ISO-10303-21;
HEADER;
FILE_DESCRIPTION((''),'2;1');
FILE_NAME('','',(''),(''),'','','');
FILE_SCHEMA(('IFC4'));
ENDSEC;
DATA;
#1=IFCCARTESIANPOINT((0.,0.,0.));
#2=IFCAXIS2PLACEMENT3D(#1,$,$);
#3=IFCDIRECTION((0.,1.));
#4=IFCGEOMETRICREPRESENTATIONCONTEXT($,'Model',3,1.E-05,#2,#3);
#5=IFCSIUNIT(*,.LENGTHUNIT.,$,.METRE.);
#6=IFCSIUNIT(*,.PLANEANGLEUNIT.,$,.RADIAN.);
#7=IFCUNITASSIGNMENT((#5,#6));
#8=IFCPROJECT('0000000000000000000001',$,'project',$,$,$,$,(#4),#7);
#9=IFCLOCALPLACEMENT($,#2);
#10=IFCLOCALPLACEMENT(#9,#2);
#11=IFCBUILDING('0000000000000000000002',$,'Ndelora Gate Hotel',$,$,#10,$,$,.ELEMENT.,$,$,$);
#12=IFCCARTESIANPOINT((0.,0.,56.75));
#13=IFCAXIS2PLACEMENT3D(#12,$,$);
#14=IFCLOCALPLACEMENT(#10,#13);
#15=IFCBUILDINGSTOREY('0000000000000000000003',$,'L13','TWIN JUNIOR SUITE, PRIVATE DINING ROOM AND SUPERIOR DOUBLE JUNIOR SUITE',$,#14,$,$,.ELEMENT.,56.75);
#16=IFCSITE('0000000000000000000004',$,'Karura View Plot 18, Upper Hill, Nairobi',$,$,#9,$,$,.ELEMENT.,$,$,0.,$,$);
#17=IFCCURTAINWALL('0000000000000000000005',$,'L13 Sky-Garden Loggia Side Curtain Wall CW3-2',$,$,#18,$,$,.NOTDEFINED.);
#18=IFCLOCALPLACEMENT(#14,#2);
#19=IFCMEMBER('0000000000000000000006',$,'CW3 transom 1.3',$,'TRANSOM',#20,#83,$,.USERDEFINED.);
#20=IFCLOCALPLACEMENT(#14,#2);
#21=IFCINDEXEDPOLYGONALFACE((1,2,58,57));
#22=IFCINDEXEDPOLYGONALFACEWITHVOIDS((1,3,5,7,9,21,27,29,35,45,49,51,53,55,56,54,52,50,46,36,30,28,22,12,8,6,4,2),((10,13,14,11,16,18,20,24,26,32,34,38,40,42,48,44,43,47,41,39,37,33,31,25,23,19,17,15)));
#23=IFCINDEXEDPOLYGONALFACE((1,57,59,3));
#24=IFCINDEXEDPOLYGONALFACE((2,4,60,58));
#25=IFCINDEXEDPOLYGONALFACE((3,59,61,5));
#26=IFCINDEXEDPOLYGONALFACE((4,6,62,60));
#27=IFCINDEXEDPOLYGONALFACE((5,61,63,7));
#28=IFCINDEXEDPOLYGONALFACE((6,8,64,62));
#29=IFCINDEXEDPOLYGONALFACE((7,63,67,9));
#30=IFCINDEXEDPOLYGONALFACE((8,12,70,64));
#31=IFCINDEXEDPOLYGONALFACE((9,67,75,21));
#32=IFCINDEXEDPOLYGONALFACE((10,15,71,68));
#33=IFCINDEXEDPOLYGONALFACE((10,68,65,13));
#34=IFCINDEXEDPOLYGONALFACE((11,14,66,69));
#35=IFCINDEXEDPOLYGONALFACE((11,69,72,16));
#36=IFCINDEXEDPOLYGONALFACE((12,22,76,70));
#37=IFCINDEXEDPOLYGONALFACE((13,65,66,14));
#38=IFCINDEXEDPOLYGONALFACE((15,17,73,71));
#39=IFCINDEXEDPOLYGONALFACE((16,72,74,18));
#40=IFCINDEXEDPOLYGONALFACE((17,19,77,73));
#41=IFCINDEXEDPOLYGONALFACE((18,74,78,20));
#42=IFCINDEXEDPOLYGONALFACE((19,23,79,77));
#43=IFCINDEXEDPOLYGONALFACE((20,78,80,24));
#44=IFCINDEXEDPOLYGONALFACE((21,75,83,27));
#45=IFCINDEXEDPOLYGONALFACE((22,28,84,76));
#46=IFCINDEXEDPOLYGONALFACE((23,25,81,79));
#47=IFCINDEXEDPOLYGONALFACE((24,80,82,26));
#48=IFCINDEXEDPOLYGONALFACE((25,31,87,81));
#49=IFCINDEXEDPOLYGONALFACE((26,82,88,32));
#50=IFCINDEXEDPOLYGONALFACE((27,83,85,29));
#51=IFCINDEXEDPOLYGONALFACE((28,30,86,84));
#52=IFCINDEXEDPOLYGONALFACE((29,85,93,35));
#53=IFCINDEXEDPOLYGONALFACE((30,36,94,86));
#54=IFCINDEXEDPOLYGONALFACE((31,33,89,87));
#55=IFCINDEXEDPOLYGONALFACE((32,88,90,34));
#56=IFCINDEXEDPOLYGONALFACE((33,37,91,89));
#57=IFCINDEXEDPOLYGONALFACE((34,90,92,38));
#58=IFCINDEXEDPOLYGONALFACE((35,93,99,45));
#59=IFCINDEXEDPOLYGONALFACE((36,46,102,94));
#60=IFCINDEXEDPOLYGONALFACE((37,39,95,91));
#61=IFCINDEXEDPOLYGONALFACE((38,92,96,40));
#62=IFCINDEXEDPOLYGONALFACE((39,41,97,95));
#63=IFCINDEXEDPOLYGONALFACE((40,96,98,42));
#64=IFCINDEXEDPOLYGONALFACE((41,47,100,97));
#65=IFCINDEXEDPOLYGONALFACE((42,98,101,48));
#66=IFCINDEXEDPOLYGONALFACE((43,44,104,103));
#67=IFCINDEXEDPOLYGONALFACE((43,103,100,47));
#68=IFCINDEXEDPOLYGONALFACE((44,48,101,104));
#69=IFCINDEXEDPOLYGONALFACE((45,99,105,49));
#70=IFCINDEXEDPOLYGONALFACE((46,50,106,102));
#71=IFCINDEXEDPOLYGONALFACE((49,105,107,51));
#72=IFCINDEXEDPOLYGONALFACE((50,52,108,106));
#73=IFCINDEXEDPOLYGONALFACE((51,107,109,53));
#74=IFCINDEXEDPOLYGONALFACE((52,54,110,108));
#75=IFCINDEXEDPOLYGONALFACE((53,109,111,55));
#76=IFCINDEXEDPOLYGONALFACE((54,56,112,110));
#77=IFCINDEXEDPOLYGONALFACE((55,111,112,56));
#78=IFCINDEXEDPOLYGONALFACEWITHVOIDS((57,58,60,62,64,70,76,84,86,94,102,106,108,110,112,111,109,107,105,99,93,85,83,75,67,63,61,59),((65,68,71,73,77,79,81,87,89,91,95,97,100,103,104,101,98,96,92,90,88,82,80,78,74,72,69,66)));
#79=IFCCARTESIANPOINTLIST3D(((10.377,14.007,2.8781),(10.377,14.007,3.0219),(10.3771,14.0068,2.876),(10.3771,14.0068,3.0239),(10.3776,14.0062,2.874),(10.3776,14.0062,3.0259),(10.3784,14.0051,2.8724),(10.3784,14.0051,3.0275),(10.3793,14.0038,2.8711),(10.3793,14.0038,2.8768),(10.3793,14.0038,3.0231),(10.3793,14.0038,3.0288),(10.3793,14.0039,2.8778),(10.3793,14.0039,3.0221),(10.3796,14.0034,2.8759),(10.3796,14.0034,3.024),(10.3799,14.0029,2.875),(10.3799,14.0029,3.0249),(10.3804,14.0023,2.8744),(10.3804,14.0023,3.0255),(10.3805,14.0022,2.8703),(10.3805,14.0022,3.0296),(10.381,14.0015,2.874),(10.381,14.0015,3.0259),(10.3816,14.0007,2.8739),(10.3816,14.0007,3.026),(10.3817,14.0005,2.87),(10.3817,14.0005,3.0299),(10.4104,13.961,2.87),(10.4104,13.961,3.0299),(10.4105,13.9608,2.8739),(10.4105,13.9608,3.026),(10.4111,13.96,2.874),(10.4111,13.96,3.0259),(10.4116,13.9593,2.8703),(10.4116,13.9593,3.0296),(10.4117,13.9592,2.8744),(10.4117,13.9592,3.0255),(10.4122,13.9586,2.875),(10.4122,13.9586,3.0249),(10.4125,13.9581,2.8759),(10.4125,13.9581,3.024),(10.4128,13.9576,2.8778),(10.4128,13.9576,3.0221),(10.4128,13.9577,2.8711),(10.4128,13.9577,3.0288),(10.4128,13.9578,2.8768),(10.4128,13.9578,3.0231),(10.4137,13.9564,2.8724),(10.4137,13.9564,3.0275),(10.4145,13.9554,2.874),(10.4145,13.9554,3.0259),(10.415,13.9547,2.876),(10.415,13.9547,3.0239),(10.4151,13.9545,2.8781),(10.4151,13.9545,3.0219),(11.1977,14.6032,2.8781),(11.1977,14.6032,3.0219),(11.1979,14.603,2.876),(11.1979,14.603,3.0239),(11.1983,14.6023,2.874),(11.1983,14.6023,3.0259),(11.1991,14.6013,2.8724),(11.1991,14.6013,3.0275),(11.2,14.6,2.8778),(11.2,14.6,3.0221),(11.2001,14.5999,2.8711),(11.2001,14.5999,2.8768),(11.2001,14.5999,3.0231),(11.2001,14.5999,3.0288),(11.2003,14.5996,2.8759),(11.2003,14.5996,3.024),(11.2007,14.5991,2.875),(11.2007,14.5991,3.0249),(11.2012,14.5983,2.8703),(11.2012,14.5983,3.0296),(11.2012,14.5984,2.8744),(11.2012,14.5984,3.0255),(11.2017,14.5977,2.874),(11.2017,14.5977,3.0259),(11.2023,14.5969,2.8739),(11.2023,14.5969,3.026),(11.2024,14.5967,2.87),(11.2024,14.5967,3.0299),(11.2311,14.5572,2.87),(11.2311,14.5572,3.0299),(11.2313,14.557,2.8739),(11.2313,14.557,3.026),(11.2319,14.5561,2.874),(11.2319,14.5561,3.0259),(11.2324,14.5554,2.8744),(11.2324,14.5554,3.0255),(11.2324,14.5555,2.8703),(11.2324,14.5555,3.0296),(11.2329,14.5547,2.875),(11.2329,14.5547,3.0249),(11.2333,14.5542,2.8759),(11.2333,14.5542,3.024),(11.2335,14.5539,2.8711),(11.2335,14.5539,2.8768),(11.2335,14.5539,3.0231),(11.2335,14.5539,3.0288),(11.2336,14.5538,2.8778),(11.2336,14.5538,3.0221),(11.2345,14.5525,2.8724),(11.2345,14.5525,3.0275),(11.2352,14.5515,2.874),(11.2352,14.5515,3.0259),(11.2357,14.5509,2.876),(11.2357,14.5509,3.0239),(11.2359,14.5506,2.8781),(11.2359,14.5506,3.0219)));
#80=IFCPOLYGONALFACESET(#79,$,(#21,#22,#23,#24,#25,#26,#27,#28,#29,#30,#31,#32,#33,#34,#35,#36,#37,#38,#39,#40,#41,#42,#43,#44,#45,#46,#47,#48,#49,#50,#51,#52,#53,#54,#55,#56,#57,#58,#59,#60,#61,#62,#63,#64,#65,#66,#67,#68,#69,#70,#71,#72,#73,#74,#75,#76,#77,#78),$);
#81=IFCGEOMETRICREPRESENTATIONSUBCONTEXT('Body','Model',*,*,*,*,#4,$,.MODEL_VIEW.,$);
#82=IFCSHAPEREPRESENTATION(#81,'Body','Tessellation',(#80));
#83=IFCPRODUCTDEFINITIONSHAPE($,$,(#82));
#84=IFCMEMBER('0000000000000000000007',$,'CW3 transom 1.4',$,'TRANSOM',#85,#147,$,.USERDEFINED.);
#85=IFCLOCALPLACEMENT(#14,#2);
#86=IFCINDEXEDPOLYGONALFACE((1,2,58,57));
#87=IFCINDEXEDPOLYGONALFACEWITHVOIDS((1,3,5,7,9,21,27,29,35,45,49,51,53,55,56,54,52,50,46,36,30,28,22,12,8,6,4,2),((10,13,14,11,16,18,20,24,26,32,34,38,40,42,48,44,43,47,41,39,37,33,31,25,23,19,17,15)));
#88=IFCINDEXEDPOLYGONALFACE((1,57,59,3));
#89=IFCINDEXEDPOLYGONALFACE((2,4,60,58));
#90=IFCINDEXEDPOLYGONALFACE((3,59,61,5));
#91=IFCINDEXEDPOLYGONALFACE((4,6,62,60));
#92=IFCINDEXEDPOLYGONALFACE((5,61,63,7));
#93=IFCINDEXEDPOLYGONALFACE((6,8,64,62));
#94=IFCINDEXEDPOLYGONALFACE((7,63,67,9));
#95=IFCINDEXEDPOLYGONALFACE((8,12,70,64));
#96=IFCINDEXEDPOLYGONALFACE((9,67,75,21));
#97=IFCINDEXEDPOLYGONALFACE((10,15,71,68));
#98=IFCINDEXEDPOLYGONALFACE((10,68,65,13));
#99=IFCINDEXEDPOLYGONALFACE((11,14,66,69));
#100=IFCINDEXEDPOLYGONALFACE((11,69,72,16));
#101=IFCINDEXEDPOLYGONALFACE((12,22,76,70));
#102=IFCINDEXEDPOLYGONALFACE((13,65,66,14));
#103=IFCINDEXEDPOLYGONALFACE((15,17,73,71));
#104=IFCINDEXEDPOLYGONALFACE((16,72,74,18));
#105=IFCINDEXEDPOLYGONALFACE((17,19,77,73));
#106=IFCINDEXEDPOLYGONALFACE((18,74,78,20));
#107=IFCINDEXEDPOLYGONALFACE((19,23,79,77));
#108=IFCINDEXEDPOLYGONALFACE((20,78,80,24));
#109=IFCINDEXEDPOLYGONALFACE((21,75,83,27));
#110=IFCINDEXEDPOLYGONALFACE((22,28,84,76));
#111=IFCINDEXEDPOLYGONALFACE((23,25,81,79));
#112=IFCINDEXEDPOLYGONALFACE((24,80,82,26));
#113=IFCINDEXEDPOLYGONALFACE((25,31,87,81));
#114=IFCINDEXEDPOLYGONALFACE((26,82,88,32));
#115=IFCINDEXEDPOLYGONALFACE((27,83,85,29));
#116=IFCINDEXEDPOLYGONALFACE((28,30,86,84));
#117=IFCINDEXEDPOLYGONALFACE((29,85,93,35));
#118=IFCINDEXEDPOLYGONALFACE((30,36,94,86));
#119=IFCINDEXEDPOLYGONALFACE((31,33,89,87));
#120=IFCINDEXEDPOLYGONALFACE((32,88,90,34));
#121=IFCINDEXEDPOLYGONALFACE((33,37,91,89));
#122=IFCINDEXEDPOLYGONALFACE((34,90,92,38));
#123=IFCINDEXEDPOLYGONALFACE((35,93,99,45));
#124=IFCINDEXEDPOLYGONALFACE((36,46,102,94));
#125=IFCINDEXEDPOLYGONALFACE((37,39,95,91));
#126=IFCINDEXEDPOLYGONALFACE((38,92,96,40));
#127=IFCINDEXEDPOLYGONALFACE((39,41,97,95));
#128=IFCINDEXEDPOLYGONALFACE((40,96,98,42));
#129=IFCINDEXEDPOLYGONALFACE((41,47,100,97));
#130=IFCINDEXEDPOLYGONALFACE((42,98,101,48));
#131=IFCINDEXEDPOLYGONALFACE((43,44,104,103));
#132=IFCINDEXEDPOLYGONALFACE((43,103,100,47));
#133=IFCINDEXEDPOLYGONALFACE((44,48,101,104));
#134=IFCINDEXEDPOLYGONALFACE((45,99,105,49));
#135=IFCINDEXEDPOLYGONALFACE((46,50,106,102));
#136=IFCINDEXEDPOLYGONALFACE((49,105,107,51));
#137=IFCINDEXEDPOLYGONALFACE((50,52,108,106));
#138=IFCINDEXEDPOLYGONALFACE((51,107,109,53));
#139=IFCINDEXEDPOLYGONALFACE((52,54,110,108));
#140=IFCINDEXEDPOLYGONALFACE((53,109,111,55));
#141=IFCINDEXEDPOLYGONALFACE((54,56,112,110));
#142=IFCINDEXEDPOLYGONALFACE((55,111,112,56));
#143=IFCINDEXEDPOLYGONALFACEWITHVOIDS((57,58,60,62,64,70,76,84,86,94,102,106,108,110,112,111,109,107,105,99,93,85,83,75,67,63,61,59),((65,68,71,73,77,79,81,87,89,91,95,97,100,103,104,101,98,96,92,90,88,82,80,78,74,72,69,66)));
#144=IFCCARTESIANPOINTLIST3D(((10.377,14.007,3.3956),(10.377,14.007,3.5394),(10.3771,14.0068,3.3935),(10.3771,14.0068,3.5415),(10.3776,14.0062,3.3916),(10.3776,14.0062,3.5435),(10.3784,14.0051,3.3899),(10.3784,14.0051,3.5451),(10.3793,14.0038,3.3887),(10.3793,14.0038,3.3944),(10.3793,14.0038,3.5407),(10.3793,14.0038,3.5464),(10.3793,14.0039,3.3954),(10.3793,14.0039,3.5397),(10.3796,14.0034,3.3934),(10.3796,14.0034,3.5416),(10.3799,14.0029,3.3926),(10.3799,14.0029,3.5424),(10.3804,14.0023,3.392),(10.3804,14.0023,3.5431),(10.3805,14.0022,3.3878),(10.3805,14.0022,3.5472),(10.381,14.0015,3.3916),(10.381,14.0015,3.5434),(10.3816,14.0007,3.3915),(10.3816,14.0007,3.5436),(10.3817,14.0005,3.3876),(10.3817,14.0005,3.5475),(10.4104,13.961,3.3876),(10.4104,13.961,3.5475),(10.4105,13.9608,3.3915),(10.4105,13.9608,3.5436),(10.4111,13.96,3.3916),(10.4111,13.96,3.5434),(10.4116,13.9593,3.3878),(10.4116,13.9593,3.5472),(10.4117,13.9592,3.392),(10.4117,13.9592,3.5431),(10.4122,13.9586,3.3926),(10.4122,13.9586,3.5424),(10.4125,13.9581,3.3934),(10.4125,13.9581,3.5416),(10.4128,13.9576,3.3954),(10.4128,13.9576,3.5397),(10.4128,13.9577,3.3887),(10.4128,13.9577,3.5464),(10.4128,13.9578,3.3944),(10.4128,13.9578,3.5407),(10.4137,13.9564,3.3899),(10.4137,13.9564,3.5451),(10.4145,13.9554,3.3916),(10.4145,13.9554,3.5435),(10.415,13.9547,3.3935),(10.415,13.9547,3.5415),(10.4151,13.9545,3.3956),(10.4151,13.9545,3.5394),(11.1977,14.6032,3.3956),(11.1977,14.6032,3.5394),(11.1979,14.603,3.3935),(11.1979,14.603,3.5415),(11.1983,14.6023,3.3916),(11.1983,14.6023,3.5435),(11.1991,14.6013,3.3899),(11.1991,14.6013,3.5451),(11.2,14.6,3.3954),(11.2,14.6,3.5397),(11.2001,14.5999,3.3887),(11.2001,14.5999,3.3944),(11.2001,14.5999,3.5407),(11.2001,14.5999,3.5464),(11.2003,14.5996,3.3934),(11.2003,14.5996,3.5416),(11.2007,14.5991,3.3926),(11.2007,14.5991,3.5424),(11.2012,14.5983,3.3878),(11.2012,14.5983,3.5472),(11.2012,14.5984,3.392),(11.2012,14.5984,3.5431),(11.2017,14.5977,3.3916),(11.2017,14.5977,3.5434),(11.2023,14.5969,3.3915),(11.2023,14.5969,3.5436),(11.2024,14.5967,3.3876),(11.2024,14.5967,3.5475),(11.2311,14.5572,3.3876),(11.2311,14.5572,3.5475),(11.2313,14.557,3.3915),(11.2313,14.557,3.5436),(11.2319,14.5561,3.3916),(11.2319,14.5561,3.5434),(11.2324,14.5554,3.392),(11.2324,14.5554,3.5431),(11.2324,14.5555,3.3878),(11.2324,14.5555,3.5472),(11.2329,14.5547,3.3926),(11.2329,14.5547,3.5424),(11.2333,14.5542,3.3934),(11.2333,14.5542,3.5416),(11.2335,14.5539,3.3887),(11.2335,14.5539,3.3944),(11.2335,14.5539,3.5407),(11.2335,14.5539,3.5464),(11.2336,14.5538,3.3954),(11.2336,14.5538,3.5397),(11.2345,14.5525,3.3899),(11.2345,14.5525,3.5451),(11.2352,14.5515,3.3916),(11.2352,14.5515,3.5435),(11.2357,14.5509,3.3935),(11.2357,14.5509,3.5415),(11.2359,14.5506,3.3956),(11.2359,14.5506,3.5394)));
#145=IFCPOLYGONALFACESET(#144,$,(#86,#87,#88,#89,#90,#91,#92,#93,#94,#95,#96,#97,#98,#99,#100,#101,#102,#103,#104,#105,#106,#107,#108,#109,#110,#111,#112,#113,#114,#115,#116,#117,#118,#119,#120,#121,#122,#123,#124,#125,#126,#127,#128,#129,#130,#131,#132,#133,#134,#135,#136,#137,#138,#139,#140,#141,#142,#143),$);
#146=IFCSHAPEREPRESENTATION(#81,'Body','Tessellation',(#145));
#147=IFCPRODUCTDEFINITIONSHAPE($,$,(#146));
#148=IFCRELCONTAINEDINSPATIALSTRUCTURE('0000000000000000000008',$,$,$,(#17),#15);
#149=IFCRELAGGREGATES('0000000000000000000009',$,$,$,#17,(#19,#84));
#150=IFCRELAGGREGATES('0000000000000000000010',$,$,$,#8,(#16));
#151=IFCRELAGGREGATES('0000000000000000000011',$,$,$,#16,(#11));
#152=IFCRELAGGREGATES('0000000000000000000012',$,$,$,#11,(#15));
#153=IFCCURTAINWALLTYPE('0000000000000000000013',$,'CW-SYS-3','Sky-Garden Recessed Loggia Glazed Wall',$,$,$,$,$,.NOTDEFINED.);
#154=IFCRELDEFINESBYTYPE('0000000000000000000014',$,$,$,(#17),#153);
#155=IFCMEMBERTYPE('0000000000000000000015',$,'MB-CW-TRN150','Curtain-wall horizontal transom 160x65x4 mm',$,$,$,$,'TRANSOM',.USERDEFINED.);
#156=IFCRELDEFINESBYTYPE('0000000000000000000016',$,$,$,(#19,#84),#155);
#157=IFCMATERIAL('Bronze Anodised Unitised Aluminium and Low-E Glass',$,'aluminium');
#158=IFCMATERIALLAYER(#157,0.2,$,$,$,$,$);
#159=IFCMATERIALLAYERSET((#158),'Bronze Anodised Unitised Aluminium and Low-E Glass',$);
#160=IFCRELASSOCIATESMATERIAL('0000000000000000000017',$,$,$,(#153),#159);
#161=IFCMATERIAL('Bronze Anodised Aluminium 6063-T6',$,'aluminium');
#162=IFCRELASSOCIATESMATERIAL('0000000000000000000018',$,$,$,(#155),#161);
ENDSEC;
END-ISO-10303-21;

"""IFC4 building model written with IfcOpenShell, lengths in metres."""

from ifc_helpers import new_model, si_unit, direction, frame, origin, origin_2d, place, context, subcontext, project, spatial, hollow_rectangle, extrude, material, layer, layer_set, material_profile, profile_set, type_object, element, aggregate, save


model = new_model("IFC4")

# Units and contexts
model_context = context("Model", 3, precision=1e-05, world=origin(), true_north=direction((0.0, 1.0)))
body_context = subcontext(model_context, "Body", "Model", "MODEL_VIEW")
ifc_project = project(units=[si_unit("LENGTHUNIT", "METRE"), si_unit("PLANEANGLEUNIT", "RADIAN")], contexts=[model_context])

# Site, building, storey
site_placement = place(None, origin())
site = spatial("IfcSite", under=ifc_project, at=site_placement, Name="Karura View Plot 18, Upper Hill, Nairobi", CompositionType="ELEMENT", RefElevation=0.0)
building_placement = place(site_placement, origin())
building = spatial("IfcBuilding", under=site, at=building_placement, Name="Ndelora Gate Hotel", CompositionType="ELEMENT")
storey_placement = place(building_placement, frame((0.0, 0.0, 56.75)))
storey = spatial("IfcBuildingStorey", under=building, at=storey_placement, Name="L13", Description="TWIN JUNIOR SUITE, PRIVATE DINING ROOM AND SUPERIOR DOUBLE JUNIOR SUITE", CompositionType="ELEMENT", Elevation=56.75)

# Curtain wall, members
ifc_material_1 = material(Name="Bronze Anodised Unitised Aluminium and Low-E Glass", Category="aluminium")
ifc_layer_1 = layer(ifc_material_1, 0.2)
ifc_layer_set_1 = layer_set([ifc_layer_1], Name="Bronze Anodised Unitised Aluminium and Low-E Glass")
curtain_wall_type = type_object("IfcCurtainWallType", Name="CW-SYS-3", Description="Sky-Garden Recessed Loggia Glazed Wall", PredefinedType="NOTDEFINED", material=ifc_layer_set_1)
curtain_wall_placement = place(storey_placement, origin())
curtain_wall = element("IfcCurtainWall", 1, at=curtain_wall_placement, inside=storey, type_object=curtain_wall_type, Name="L13 Sky-Garden Loggia Side Curtain Wall CW3-2", PredefinedType="NOTDEFINED")
ifc_material_2 = material(Name="Bronze Anodised Aluminium 6063-T6", Category="aluminium")
ifc_material_profile_1 = material_profile(ifc_material_2, hollow_rectangle(XDim=0.0649, YDim=0.1599, WallThickness=0.0039, InnerFilletRadius=0.0039, OuterFilletRadius=0.0081, at=origin_2d()), Name="ALU 160x65x4")
ifc_profile_set_1 = profile_set([ifc_material_profile_1], Name="Bronze Anodised Aluminium 6063-T6")
member_type_1 = type_object("IfcMemberType", Name="MB-CW-TRN150", Description="Curtain-wall horizontal transom 160x65x4 mm", ElementType="TRANSOM", PredefinedType="USERDEFINED", material=ifc_profile_set_1)
member_1_placement = place(storey_placement, frame((11.2168, 14.5769, 2.95), z_axis=(-0.80909, -0.587685, 0.0), x_axis=(0.587685, -0.80909, 0.0)))
member_1 = element("IfcMember", 2, at=member_1_placement, type_object=member_type_1, Name="CW3 transom 1.3", ObjectType="TRANSOM", PredefinedType="USERDEFINED", context=body_context, shape_type="SweptSolid", body=[
    extrude(hollow_rectangle(XDim=0.0649, YDim=0.1599, WallThickness=0.0039, InnerFilletRadius=0.0039, OuterFilletRadius=0.0081, at=origin_2d()), origin(), (0.0, 0.0, 1.0), 1.0144),
])
member_2_placement = place(storey_placement, frame((11.2168, 14.5769, 3.4675), z_axis=(-0.80909, -0.587685, 0.0), x_axis=(0.587685, -0.80909, 0.0)))
member_2 = element("IfcMember", 3, at=member_2_placement, type_object=member_type_1, Name="CW3 transom 1.4", ObjectType="TRANSOM", PredefinedType="USERDEFINED", context=body_context, shape_type="SweptSolid", body=[
    extrude(hollow_rectangle(XDim=0.0649, YDim=0.1599, WallThickness=0.0039, InnerFilletRadius=0.0039, OuterFilletRadius=0.0081, at=origin_2d()), origin(), (0.0, 0.0, 1.0), 1.0144),
])
aggregate(curtain_wall, [member_1, member_2])

save(model, "model.ifc")
